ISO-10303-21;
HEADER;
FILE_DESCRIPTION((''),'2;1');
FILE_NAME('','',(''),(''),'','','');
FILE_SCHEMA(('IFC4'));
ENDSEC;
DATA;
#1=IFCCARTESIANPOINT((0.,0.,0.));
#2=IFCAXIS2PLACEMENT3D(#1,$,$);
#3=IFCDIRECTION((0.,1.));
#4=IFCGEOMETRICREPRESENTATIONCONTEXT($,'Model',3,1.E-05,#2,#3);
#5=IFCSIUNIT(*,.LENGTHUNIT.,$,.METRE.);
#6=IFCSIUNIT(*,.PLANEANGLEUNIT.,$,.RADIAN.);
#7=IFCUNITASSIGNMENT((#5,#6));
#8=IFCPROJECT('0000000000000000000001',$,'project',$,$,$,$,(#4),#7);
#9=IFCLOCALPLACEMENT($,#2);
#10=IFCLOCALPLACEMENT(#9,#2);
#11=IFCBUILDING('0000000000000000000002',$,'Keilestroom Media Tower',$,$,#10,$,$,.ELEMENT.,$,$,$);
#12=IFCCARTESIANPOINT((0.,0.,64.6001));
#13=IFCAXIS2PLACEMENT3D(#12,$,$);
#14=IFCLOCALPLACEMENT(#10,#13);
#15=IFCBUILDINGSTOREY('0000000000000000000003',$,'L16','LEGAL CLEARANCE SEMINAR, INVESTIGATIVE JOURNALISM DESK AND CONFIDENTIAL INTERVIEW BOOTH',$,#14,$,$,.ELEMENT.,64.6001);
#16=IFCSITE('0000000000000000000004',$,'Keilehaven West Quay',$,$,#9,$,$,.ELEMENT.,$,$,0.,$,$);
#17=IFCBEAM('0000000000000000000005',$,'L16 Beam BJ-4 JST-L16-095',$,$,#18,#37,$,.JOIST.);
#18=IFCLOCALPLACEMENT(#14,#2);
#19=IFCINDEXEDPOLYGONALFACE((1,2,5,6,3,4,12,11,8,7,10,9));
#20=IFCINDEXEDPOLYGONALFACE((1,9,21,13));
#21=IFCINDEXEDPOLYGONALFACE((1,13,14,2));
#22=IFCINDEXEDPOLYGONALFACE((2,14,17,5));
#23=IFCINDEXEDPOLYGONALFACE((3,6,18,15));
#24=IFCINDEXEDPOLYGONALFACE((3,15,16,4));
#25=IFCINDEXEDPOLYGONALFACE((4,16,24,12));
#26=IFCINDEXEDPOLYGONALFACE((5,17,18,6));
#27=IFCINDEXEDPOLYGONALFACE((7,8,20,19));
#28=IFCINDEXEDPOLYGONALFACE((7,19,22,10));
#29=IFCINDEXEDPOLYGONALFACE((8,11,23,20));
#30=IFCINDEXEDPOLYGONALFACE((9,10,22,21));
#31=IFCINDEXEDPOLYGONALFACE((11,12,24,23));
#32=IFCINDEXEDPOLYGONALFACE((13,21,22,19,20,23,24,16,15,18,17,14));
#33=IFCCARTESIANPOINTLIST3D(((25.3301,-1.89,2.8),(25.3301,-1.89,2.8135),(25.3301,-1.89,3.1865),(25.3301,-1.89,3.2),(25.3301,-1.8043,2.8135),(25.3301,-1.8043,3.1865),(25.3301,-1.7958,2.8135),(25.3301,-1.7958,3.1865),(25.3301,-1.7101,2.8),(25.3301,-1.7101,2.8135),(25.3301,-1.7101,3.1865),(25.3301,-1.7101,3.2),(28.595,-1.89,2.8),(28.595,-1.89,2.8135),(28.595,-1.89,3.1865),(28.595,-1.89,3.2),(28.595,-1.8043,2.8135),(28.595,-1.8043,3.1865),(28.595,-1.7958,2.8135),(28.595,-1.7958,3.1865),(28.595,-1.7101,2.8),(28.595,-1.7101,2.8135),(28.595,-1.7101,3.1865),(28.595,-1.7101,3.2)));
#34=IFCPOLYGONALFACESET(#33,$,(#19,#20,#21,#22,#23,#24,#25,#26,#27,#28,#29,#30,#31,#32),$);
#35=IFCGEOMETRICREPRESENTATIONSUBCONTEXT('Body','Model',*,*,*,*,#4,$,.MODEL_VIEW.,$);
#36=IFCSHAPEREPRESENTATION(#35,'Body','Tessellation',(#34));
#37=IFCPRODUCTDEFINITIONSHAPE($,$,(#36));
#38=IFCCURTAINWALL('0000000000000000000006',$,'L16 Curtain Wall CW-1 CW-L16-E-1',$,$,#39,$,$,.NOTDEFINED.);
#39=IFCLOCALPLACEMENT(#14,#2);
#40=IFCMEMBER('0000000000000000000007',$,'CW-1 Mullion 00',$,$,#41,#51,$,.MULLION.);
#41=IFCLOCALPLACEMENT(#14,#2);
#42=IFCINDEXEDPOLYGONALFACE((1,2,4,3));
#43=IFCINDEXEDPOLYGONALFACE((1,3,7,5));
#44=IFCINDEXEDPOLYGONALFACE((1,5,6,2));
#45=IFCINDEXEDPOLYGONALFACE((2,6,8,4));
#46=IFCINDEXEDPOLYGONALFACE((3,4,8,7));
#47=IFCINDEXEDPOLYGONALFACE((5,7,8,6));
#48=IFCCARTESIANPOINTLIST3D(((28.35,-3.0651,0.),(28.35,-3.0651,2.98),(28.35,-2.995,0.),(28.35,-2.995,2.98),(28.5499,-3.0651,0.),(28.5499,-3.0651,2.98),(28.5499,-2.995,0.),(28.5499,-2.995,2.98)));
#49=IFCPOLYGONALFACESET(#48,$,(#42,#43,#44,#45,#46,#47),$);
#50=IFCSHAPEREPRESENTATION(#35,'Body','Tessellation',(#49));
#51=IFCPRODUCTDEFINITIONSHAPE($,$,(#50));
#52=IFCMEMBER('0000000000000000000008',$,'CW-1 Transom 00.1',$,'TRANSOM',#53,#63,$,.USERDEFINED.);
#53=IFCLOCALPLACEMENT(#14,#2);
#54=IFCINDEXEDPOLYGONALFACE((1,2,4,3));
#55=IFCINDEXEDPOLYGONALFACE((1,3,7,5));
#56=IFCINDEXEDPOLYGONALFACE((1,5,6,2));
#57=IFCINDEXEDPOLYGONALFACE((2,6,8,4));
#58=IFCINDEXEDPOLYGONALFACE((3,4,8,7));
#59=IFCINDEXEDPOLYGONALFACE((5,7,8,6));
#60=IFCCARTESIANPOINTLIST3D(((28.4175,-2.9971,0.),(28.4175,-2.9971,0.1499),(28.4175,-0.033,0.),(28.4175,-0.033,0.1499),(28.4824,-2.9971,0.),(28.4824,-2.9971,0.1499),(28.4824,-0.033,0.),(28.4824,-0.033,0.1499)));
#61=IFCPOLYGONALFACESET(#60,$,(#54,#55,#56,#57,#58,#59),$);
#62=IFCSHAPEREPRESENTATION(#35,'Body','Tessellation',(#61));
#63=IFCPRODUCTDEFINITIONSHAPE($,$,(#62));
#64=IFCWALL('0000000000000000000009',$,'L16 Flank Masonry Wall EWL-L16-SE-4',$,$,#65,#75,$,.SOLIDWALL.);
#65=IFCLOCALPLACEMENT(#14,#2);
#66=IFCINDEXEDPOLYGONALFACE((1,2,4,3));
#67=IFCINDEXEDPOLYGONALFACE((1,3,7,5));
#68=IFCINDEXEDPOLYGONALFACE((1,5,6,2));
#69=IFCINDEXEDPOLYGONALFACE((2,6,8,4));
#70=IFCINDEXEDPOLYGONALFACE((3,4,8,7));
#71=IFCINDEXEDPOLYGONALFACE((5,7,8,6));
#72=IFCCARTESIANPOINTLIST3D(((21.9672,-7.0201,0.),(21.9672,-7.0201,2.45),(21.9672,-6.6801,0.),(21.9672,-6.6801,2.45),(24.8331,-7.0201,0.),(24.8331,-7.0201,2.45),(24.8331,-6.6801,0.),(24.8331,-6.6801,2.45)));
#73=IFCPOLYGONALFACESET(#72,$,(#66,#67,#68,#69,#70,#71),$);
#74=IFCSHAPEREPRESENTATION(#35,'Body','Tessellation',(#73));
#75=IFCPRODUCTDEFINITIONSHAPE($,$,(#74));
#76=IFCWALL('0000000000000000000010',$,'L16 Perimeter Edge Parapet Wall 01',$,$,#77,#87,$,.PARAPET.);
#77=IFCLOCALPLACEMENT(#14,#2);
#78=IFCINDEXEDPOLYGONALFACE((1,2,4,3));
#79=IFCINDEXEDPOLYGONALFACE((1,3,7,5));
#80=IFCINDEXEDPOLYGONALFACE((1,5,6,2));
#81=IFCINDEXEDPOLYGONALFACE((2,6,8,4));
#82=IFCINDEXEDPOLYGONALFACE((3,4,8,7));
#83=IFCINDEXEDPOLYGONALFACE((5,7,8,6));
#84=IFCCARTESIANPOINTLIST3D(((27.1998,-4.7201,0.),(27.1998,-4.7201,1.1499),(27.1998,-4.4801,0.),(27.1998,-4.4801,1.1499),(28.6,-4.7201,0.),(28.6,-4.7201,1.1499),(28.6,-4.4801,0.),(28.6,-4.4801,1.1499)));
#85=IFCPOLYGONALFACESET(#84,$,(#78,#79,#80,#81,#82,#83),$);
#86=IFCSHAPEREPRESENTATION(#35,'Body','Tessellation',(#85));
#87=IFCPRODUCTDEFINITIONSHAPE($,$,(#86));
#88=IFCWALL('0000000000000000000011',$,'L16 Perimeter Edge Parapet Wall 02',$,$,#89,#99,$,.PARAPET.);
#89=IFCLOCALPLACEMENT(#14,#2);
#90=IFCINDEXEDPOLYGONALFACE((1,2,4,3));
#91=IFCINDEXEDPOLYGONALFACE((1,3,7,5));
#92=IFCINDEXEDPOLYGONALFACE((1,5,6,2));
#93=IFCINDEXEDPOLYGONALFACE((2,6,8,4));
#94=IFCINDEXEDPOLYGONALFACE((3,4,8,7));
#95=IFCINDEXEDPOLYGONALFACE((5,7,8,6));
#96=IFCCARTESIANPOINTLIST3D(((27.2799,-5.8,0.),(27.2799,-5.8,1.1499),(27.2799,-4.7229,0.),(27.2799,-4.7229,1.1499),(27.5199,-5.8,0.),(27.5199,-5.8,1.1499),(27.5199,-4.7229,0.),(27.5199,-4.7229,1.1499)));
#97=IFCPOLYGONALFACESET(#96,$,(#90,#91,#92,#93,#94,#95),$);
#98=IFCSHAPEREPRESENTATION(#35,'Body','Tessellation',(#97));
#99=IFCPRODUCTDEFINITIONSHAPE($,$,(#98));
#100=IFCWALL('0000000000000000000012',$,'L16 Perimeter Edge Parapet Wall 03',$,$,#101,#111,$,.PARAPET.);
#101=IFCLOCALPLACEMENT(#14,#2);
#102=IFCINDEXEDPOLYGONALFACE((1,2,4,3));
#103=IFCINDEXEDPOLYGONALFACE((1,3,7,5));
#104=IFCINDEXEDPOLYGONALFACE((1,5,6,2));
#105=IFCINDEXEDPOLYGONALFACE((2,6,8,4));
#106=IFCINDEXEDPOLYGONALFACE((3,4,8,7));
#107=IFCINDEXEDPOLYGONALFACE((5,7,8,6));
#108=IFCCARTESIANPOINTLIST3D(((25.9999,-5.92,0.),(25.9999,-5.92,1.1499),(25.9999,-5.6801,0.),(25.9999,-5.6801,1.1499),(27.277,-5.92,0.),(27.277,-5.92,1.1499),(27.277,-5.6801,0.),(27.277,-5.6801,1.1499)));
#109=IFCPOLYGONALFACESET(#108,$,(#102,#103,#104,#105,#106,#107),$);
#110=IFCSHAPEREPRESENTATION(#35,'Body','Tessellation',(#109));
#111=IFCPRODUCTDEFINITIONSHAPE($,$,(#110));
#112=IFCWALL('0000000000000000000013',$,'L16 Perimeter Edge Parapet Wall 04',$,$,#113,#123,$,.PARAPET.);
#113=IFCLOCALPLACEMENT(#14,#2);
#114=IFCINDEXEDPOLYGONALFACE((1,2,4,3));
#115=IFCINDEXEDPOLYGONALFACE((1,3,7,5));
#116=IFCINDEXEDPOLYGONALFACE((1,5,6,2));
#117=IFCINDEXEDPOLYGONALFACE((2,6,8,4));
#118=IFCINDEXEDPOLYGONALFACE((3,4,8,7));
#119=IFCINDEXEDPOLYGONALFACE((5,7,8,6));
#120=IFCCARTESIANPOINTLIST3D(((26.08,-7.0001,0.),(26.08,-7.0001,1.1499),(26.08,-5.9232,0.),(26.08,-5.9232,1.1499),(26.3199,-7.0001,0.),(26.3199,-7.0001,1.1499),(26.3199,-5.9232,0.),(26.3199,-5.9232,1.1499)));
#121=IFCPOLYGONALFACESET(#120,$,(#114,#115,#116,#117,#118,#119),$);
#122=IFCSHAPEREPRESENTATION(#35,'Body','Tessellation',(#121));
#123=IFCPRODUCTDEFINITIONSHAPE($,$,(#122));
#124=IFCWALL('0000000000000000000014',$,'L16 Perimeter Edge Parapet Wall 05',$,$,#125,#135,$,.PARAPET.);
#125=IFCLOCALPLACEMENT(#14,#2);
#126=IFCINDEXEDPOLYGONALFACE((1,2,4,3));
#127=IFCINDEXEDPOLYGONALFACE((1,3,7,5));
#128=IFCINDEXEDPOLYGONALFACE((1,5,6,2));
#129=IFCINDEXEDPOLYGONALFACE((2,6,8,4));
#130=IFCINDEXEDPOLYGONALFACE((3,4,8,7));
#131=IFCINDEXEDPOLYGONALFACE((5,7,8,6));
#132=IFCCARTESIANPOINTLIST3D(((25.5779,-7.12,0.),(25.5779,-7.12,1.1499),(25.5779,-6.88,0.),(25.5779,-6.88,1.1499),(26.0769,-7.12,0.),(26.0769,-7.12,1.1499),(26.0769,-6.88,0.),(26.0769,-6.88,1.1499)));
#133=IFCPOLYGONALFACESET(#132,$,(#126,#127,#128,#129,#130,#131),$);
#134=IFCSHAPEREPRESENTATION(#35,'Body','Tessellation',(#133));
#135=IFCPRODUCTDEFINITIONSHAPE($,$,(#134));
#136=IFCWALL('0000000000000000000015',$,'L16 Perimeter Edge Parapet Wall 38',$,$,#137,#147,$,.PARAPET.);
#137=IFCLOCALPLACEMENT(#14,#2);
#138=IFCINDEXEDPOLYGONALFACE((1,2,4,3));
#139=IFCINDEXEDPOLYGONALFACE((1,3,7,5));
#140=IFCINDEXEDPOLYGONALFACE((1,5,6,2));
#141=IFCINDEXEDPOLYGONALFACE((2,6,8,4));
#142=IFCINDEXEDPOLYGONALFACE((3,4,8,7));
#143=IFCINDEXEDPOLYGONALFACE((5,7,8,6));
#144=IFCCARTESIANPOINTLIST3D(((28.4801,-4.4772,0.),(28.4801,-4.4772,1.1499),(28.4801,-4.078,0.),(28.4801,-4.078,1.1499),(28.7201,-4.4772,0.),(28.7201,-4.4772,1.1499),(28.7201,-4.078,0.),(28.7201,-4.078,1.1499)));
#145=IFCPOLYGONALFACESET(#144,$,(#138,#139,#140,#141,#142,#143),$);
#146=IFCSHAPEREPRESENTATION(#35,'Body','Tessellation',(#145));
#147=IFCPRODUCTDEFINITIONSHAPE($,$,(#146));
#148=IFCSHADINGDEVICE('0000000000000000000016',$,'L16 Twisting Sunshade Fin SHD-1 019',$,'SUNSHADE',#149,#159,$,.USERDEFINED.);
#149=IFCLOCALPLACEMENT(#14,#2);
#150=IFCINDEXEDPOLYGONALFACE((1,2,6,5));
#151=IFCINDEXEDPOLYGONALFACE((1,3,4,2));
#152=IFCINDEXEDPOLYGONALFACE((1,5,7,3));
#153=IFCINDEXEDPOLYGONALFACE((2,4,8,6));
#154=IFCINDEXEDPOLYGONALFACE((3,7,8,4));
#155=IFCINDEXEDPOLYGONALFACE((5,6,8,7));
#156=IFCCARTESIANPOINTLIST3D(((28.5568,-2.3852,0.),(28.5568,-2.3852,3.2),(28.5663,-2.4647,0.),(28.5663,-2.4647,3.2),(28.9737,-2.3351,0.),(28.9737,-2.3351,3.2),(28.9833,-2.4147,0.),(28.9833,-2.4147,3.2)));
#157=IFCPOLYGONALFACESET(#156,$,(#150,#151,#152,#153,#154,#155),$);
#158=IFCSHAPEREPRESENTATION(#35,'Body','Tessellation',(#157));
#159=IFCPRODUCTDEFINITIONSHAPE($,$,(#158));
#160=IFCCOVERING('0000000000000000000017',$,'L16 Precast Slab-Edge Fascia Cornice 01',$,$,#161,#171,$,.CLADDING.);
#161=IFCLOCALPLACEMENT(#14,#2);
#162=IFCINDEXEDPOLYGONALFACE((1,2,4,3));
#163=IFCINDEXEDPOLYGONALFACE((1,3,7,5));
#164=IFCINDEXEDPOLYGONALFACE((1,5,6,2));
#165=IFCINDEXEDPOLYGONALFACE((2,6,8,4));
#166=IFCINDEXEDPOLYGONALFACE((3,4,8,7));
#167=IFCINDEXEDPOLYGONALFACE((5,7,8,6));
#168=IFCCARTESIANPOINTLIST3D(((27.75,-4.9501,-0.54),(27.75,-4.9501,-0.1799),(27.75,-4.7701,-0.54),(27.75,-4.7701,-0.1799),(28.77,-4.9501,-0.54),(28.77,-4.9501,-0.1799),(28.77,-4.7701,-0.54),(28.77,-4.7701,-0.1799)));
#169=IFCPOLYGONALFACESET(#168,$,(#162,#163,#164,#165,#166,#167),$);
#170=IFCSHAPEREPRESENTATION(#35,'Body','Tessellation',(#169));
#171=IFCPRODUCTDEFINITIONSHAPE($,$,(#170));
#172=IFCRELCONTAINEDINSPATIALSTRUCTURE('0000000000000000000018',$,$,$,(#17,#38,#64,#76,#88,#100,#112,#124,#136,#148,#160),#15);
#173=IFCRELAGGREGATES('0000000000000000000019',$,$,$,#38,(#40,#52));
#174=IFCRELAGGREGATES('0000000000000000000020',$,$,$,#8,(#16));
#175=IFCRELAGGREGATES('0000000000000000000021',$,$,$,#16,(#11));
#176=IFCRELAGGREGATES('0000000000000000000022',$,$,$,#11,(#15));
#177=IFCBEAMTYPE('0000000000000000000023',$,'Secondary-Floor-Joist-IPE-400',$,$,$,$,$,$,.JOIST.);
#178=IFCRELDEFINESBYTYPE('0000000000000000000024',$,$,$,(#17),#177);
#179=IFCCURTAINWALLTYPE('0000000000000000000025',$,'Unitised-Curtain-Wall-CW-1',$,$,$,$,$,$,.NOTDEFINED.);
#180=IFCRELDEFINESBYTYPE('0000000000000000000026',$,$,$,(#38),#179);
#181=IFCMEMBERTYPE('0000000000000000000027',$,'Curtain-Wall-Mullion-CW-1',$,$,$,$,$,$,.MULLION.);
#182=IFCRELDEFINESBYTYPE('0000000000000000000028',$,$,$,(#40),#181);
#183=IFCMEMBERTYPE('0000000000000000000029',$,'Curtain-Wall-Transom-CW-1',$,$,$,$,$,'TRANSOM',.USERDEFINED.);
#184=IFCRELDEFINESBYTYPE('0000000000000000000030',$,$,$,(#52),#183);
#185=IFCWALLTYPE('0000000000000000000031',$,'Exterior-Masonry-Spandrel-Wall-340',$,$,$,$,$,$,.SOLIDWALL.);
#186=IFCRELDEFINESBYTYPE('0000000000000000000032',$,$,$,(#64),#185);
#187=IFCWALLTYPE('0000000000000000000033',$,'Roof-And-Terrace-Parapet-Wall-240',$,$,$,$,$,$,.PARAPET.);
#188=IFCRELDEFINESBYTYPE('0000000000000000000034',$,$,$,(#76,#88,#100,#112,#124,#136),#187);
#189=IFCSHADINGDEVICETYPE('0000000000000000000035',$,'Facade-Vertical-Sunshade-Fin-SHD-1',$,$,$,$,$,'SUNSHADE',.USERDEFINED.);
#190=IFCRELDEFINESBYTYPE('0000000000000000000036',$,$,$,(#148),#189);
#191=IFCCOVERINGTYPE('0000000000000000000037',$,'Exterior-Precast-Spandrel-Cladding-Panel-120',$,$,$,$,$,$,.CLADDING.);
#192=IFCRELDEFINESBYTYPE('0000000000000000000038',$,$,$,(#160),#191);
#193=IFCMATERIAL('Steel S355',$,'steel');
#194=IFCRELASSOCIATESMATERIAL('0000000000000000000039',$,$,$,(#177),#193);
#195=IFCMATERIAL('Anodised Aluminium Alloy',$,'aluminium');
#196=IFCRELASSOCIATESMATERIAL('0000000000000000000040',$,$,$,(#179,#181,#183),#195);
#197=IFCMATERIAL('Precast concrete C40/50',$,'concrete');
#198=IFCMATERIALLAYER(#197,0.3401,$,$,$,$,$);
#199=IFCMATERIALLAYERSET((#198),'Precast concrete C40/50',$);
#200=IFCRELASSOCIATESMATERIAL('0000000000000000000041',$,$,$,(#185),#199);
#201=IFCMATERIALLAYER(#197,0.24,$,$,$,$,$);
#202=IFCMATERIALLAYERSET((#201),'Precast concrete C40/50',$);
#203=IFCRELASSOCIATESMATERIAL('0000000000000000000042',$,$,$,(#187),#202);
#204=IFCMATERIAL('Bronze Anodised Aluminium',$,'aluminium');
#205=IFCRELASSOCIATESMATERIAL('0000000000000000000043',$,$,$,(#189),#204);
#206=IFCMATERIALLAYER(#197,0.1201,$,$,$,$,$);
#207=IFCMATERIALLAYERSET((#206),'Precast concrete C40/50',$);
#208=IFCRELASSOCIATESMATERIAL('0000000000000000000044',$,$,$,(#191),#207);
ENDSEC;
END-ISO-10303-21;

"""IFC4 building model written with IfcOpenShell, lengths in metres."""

from ifc_helpers import new_model, si_unit, direction, frame, frame_2d, origin, origin_2d, place, context, subcontext, project, spatial, rectangle, i_section, extrude, source, transform, mapped, material, layer, layer_set, material_profile, profile_set, type_object, element, aggregate, save


model = new_model("IFC4")

# Units and contexts
model_context = context("Model", 3, precision=1e-05, world=origin(), true_north=direction((0.0, 1.0)))
body_context = subcontext(model_context, "Body", "Model", "MODEL_VIEW")
ifc_project = project(units=[si_unit("LENGTHUNIT", "METRE"), si_unit("PLANEANGLEUNIT", "RADIAN")], contexts=[model_context])

# Site, building, storey
site_placement = place(None, origin())
site = spatial("IfcSite", under=ifc_project, at=site_placement, Name="Keilehaven West Quay", CompositionType="ELEMENT", RefElevation=0.0)
building_placement = place(site_placement, origin())
building = spatial("IfcBuilding", under=site, at=building_placement, Name="Keilestroom Media Tower", CompositionType="ELEMENT")
storey_placement = place(building_placement, frame((0.0, 0.0, 64.6001)))
storey = spatial("IfcBuildingStorey", under=building, at=storey_placement, Name="L16", Description="LEGAL CLEARANCE SEMINAR, INVESTIGATIVE JOURNALISM DESK AND CONFIDENTIAL INTERVIEW BOOTH", CompositionType="ELEMENT", Elevation=64.6001)

# Shared definitions
ifc_material_1 = material(Name="Precast concrete C40/50", Category="concrete")

# Beam
ifc_material_2 = material(Name="Steel S355", Category="steel")
ifc_material_profile_1 = material_profile(ifc_material_2, i_section(OverallWidth=0.1799, OverallDepth=0.3999, WebThickness=0.0085, FlangeThickness=0.0134, at=origin_2d()), Name="IPE 400")
ifc_profile_set_1 = profile_set([ifc_material_profile_1], Name="Steel S355")
beam_type_1 = type_object("IfcBeamType", Name="Secondary-Floor-Joist-IPE-400", PredefinedType="JOIST", material=ifc_profile_set_1)
shared_shape_1 = source(origin(), body_context, "Body", "SweptSolid", [
    extrude(i_section(OverallWidth=0.1799, OverallDepth=0.3999, WebThickness=0.0085, FlangeThickness=0.0134, at=origin_2d()), origin(), (0.0, 0.0, 1.0), 3.2649),
])
beam_1_placement = place(storey_placement, frame((25.3301, -1.8, 3.0), z_axis=(1.0, 0.0, 0.0), x_axis=(0.0, 1.0, 0.0)))
element("IfcBeam", 1, at=beam_1_placement, inside=storey, type_object=beam_type_1, Name="L16 Beam BJ-4 JST-L16-095", PredefinedType="JOIST", context=body_context, shape_type="MappedRepresentation", body=[
    mapped(shared_shape_1, transform((0.0, 0.0, 0.0), x_axis=(1.0, 0.0, 0.0), y_axis=(0.0, 1.0, 0.0), z_axis=(0.0, 0.0, 1.0), scale=1.0)),
])

# Curtain wall, members
ifc_material_3 = material(Name="Anodised Aluminium Alloy", Category="aluminium")
curtain_wall_type = type_object("IfcCurtainWallType", Name="Unitised-Curtain-Wall-CW-1", PredefinedType="NOTDEFINED", material=ifc_material_3)
curtain_wall_placement = place(storey_placement, origin())
curtain_wall = element("IfcCurtainWall", 2, at=curtain_wall_placement, inside=storey, type_object=curtain_wall_type, Name="L16 Curtain Wall CW-1 CW-L16-E-1", PredefinedType="NOTDEFINED")
ifc_material_profile_2 = material_profile(ifc_material_3, rectangle(XDim=0.0701, YDim=0.2, at=origin_2d()), Name="ALU MULLION 70x200")
ifc_profile_set_2 = profile_set([ifc_material_profile_2], Name="Anodised Aluminium Alloy")
member_type_1 = type_object("IfcMemberType", Name="Curtain-Wall-Mullion-CW-1", PredefinedType="MULLION", material=ifc_profile_set_2)
shared_shape_2 = source(origin(), body_context, "Body", "SweptSolid", [
    extrude(rectangle(XDim=0.0701, YDim=0.2, at=origin_2d()), origin(), (0.0, 0.0, 1.0), 2.98),
])
member_1_placement = place(storey_placement, frame((28.45, -3.03, 0.0), z_axis=(0.0, 0.0, 1.0), x_axis=(0.0, 1.0, 0.0)))
member_1 = element("IfcMember", 3, at=member_1_placement, type_object=member_type_1, Name="CW-1 Mullion 00", PredefinedType="MULLION", context=body_context, shape_type="MappedRepresentation", body=[
    mapped(shared_shape_2, transform((0.0, 0.0, 0.0), x_axis=(1.0, 0.0, 0.0), y_axis=(0.0, 1.0, 0.0), z_axis=(0.0, 0.0, 1.0), scale=1.0)),
])
ifc_material_profile_3 = material_profile(ifc_material_3, rectangle(XDim=0.0649, YDim=0.1499, at=origin_2d()), Name="ALU TRANSOM 65x150")
ifc_profile_set_3 = profile_set([ifc_material_profile_3], Name="Anodised Aluminium Alloy")
member_type_2 = type_object("IfcMemberType", Name="Curtain-Wall-Transom-CW-1", ElementType="TRANSOM", PredefinedType="USERDEFINED", material=ifc_profile_set_3)
shared_shape_3 = source(origin(), body_context, "Body", "SweptSolid", [
    extrude(rectangle(XDim=0.0649, YDim=0.1499, at=origin_2d()), origin(), (0.0, 0.0, 1.0), 2.9641),
])
member_2_placement = place(storey_placement, frame((28.45, -2.9971, 0.075), z_axis=(0.0, 1.0, 0.0), x_axis=(-1.0, 0.0, 0.0)))
member_2 = element("IfcMember", 4, at=member_2_placement, type_object=member_type_2, Name="CW-1 Transom 00.1", ObjectType="TRANSOM", PredefinedType="USERDEFINED", context=body_context, shape_type="MappedRepresentation", body=[
    mapped(shared_shape_3, transform((0.0, 0.0, 0.0), x_axis=(1.0, 0.0, 0.0), y_axis=(0.0, 1.0, 0.0), z_axis=(0.0, 0.0, 1.0), scale=1.0)),
])
aggregate(curtain_wall, [member_1, member_2])

# Walls
ifc_layer_1 = layer(ifc_material_1, 0.3401)
ifc_layer_set_1 = layer_set([ifc_layer_1], Name="Precast concrete C40/50")
wall_type_1 = type_object("IfcWallType", Name="Exterior-Masonry-Spandrel-Wall-340", PredefinedType="SOLIDWALL", material=ifc_layer_set_1)
wall_1_placement = place(storey_placement, frame((21.967, -6.8501, 0.0), z_axis=(0.0, 0.0, 1.0), x_axis=(1.0, 0.0, 0.0)))
element("IfcWall", 5, at=wall_1_placement, inside=storey, type_object=wall_type_1, Name="L16 Flank Masonry Wall EWL-L16-SE-4", PredefinedType="SOLIDWALL", context=body_context, shape_type="SweptSolid", body=[
    extrude(rectangle(XDim=2.866, YDim=0.3401, at=frame_2d((1.4331, 0.0))), origin(), (0.0, 0.0, 1.0), 2.45),
])
ifc_layer_2 = layer(ifc_material_1, 0.24)
ifc_layer_set_2 = layer_set([ifc_layer_2], Name="Precast concrete C40/50")
wall_type_2 = type_object("IfcWallType", Name="Roof-And-Terrace-Parapet-Wall-240", PredefinedType="PARAPET", material=ifc_layer_set_2)
wall_2_placement = place(storey_placement, frame((28.6001, -4.6001, 0.0), z_axis=(0.0, 0.0, 1.0), x_axis=(-1.0, 0.0, 0.0)))
element("IfcWall", 6, at=wall_2_placement, inside=storey, type_object=wall_type_2, Name="L16 Perimeter Edge Parapet Wall 01", PredefinedType="PARAPET", context=body_context, shape_type="SweptSolid", body=[
    extrude(rectangle(XDim=1.4001, YDim=0.24, at=frame_2d((0.7002, 0.0))), origin(), (0.0, 0.0, 1.0), 1.1499),
])
wall_3_placement = place(storey_placement, frame((27.3999, -4.7229, 0.0), z_axis=(0.0, 0.0, 1.0), x_axis=(0.0, -1.0, 0.0)))
element("IfcWall", 7, at=wall_3_placement, inside=storey, type_object=wall_type_2, Name="L16 Perimeter Edge Parapet Wall 02", PredefinedType="PARAPET", context=body_context, shape_type="SweptSolid", body=[
    extrude(rectangle(XDim=1.0771, YDim=0.24, at=frame_2d((0.5386, 0.0))), origin(), (0.0, 0.0, 1.0), 1.1499),
])
wall_4_placement = place(storey_placement, frame((27.2771, -5.8, 0.0), z_axis=(0.0, 0.0, 1.0), x_axis=(-1.0, 0.0, 0.0)))
element("IfcWall", 8, at=wall_4_placement, inside=storey, type_object=wall_type_2, Name="L16 Perimeter Edge Parapet Wall 03", PredefinedType="PARAPET", context=body_context, shape_type="SweptSolid", body=[
    extrude(rectangle(XDim=1.2771, YDim=0.24, at=frame_2d((0.6387, 0.0))), origin(), (0.0, 0.0, 1.0), 1.1499),
])
wall_5_placement = place(storey_placement, frame((26.2, -5.9231, 0.0), z_axis=(0.0, 0.0, 1.0), x_axis=(0.0, -1.0, 0.0)))
element("IfcWall", 9, at=wall_5_placement, inside=storey, type_object=wall_type_2, Name="L16 Perimeter Edge Parapet Wall 04", PredefinedType="PARAPET", context=body_context, shape_type="SweptSolid", body=[
    extrude(rectangle(XDim=1.0769, YDim=0.24, at=frame_2d((0.5386, 0.0))), origin(), (0.0, 0.0, 1.0), 1.1499),
])
wall_6_placement = place(storey_placement, frame((26.0769, -7.0, 0.0), z_axis=(0.0, 0.0, 1.0), x_axis=(-1.0, 0.0, 0.0)))
element("IfcWall", 10, at=wall_6_placement, inside=storey, type_object=wall_type_2, Name="L16 Perimeter Edge Parapet Wall 05", PredefinedType="PARAPET", context=body_context, shape_type="SweptSolid", body=[
    extrude(rectangle(XDim=0.499, YDim=0.24, at=frame_2d((0.2495, 0.0))), origin(), (0.0, 0.0, 1.0), 1.1499),
])
wall_7_placement = place(storey_placement, frame((28.6001, -4.0779, 0.0), z_axis=(0.0, 0.0, 1.0), x_axis=(0.0, -1.0, 0.0)))
element("IfcWall", 11, at=wall_7_placement, inside=storey, type_object=wall_type_2, Name="L16 Perimeter Edge Parapet Wall 38", PredefinedType="PARAPET", context=body_context, shape_type="SweptSolid", body=[
    extrude(rectangle(XDim=0.3992, YDim=0.24, at=frame_2d((0.1997, 0.0))), origin(), (0.0, 0.0, 1.0), 1.1499),
])

# Shading device
ifc_material_4 = material(Name="Bronze Anodised Aluminium", Category="aluminium")
shading_device_type = type_object("IfcShadingDeviceType", Name="Facade-Vertical-Sunshade-Fin-SHD-1", ElementType="SUNSHADE", PredefinedType="USERDEFINED", material=ifc_material_4)
shared_shape_4 = source(origin(), body_context, "Body", "SweptSolid", [
    extrude(rectangle(XDim=0.4199, YDim=0.0801, at=origin_2d()), origin(), (0.0, 0.0, 1.0), 3.2),
])
shading_device_placement = place(storey_placement, frame((28.77, -2.3999, 0.0), z_axis=(0.0, 0.0, 1.0), x_axis=(0.992883, 0.119097, 0.0)))
element("IfcShadingDevice", 12, at=shading_device_placement, inside=storey, type_object=shading_device_type, Name="L16 Twisting Sunshade Fin SHD-1 019", ObjectType="SUNSHADE", PredefinedType="USERDEFINED", context=body_context, shape_type="MappedRepresentation", body=[
    mapped(shared_shape_4, transform((0.0, 0.0, 0.0), x_axis=(1.0, 0.0, 0.0), y_axis=(0.0, 1.0, 0.0), z_axis=(0.0, 0.0, 1.0), scale=1.0)),
])

# Covering
ifc_layer_3 = layer(ifc_material_1, 0.1201)
ifc_layer_set_3 = layer_set([ifc_layer_3], Name="Precast concrete C40/50")
covering_type = type_object("IfcCoveringType", Name="Exterior-Precast-Spandrel-Cladding-Panel-120", PredefinedType="CLADDING", material=ifc_layer_set_3)
shared_shape_5 = source(origin(), body_context, "Body", "SweptSolid", [
    extrude(rectangle(XDim=1.02, YDim=0.1799, at=origin_2d()), origin(), (0.0, 0.0, 1.0), 0.3601),
])
for number, where, z_axis, x_axis, name in (
    (13, (28.26, -4.8601, -0.54), (0.0, 0.0, 1.0), (-1.0, 0.0, 0.0), "L16 Precast Slab-Edge Fascia Cornice 01"),
):
    element("IfcCovering", number, at=place(storey_placement, frame(where, z_axis=z_axis, x_axis=x_axis)), inside=storey, type_object=covering_type, Name=name, PredefinedType="CLADDING", context=body_context, shape_type="MappedRepresentation", body=[
        mapped(shared_shape_5, transform((0.0, 0.0, 0.0), x_axis=(1.0, 0.0, 0.0), y_axis=(0.0, 1.0, 0.0), z_axis=(0.0, 0.0, 1.0), scale=1.0)),
    ])

save(model, "model.ifc")
